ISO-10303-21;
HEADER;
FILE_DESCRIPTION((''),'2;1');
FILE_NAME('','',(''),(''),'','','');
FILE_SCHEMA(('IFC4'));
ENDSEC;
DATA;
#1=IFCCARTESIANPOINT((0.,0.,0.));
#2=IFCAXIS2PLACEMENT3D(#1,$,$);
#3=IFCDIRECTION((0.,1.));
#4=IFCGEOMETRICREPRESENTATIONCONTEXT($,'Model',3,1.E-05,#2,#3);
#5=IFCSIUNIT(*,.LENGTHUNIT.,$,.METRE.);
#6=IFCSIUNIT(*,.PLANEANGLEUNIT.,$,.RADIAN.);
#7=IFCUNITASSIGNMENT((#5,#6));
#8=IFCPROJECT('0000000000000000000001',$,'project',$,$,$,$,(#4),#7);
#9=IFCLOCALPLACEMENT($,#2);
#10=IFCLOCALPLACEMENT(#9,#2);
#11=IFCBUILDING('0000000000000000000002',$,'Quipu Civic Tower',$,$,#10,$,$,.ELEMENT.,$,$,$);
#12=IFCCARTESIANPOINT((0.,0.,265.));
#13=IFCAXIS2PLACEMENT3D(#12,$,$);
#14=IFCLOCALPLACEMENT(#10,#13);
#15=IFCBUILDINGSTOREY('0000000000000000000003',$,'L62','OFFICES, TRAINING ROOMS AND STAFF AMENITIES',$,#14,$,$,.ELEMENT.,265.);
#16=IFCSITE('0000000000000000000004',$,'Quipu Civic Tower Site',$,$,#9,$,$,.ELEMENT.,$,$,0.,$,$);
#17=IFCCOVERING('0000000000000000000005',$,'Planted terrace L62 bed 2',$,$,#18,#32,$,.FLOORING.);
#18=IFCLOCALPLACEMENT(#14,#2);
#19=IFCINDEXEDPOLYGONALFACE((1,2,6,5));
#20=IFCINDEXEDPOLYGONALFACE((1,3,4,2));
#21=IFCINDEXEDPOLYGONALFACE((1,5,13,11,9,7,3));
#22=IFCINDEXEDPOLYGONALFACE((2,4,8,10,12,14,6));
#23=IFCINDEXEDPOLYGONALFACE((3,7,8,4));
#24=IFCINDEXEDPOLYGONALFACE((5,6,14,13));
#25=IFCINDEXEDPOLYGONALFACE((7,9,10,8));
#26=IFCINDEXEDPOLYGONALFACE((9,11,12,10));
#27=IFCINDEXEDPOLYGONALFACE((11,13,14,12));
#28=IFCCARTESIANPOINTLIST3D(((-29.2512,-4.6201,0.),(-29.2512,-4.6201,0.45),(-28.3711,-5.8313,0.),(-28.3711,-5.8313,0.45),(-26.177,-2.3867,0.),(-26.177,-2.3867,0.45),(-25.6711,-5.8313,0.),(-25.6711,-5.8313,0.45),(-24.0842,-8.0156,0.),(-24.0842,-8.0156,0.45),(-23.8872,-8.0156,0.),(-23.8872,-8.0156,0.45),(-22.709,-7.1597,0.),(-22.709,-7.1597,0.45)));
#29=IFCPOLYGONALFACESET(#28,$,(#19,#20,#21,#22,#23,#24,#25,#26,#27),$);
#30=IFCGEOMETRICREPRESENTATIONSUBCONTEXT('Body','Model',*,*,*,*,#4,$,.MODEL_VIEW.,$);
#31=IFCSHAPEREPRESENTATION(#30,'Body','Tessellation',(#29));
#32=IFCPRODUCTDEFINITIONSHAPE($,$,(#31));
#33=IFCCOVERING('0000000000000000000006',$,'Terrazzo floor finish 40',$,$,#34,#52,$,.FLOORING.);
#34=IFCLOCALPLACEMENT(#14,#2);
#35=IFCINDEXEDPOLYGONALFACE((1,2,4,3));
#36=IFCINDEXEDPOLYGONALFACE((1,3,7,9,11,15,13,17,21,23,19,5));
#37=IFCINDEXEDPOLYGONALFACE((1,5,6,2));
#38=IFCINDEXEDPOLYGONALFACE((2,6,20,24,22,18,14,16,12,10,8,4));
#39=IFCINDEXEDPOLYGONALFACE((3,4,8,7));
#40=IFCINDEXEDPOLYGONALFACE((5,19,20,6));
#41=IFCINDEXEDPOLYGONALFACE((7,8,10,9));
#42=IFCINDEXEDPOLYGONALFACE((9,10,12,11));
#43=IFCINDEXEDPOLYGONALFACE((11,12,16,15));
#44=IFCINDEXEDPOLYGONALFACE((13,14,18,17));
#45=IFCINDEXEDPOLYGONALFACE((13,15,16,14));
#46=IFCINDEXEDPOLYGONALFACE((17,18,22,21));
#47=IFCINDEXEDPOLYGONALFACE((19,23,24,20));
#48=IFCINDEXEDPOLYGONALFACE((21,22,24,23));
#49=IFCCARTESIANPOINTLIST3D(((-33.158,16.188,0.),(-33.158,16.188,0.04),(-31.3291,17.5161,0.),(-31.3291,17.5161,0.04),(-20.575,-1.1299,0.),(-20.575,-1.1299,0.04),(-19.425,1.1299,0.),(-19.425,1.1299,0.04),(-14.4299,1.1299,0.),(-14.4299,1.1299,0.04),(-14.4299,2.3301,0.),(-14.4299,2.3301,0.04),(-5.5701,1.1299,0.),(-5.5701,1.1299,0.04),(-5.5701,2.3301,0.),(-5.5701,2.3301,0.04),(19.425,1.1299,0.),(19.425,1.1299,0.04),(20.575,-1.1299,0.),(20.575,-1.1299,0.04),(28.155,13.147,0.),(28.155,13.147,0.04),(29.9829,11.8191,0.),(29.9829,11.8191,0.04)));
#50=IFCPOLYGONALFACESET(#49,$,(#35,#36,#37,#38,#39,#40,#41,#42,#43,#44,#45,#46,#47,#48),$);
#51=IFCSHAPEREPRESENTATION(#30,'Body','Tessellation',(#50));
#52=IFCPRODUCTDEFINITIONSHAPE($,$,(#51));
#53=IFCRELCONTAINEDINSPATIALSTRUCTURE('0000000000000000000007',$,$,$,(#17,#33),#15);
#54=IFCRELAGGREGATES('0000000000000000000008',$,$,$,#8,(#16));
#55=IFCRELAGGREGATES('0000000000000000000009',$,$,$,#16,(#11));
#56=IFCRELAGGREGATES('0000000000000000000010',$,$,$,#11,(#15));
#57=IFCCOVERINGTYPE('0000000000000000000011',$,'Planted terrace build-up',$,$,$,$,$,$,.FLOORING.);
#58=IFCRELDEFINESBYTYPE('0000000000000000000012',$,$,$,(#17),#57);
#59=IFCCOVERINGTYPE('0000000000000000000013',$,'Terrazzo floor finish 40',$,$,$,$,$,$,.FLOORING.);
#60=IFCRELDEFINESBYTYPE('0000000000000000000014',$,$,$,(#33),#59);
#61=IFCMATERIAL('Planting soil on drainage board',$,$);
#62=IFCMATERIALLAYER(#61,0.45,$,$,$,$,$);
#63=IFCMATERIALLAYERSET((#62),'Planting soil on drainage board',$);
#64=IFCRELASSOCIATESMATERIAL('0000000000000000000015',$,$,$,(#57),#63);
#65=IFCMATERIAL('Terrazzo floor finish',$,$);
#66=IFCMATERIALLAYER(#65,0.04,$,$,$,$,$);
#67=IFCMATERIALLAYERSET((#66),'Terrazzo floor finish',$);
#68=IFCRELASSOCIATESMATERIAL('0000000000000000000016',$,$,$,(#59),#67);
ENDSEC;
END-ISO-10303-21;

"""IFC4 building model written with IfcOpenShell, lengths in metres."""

from ifc_helpers import new_model, si_unit, direction, frame, origin, place, context, subcontext, project, spatial, polyline, outline, extrude, material, layer, layer_set, type_object, element, save


model = new_model("IFC4")

# Units and contexts
model_context = context("Model", 3, precision=1e-05, world=origin(), true_north=direction((0.0, 1.0)))
body_context = subcontext(model_context, "Body", "Model", "MODEL_VIEW")
ifc_project = project(units=[si_unit("LENGTHUNIT", "METRE"), si_unit("PLANEANGLEUNIT", "RADIAN")], contexts=[model_context])

# Site, building, storey
site_placement = place(None, origin())
site = spatial("IfcSite", under=ifc_project, at=site_placement, Name="Quipu Civic Tower Site", CompositionType="ELEMENT", RefElevation=0.0)
building_placement = place(site_placement, origin())
building = spatial("IfcBuilding", under=site, at=building_placement, Name="Quipu Civic Tower", CompositionType="ELEMENT")
storey_placement = place(building_placement, frame((0.0, 0.0, 265.0)))
storey = spatial("IfcBuildingStorey", under=building, at=storey_placement, Name="L62", Description="OFFICES, TRAINING ROOMS AND STAFF AMENITIES", CompositionType="ELEMENT", Elevation=265.0)

# Coverings
ifc_material_1 = material(Name="Planting soil on drainage board")
ifc_layer_1 = layer(ifc_material_1, 0.45)
ifc_layer_set_1 = layer_set([ifc_layer_1], Name="Planting soil on drainage board")
covering_type_1 = type_object("IfcCoveringType", Name="Planted terrace build-up", PredefinedType="FLOORING", material=ifc_layer_set_1)
covering_1_placement = place(storey_placement, origin())
element("IfcCovering", 1, at=covering_1_placement, inside=storey, type_object=covering_type_1, Name="Planted terrace L62 bed 2", PredefinedType="FLOORING", context=body_context, shape_type="SweptSolid", body=[
    extrude(outline(polyline([(-24.0842, -8.0156), (-25.6711, -5.8313), (-28.3711, -5.8313), (-29.2512, -4.6201), (-26.177, -2.3867), (-22.709, -7.1597), (-23.8872, -8.0156), (-24.0842, -8.0156)])), origin(), (0.0, 0.0, 1.0), 0.45),
])
ifc_material_2 = material(Name="Terrazzo floor finish")
ifc_layer_2 = layer(ifc_material_2, 0.04)
ifc_layer_set_2 = layer_set([ifc_layer_2], Name="Terrazzo floor finish")
covering_type_2 = type_object("IfcCoveringType", Name="Terrazzo floor finish 40", PredefinedType="FLOORING", material=ifc_layer_set_2)
covering_2_placement = place(storey_placement, origin())
element("IfcCovering", 2, at=covering_2_placement, inside=storey, type_object=covering_type_2, Name="Terrazzo floor finish 40", PredefinedType="FLOORING", context=body_context, shape_type="SweptSolid", body=[
    extrude(outline(polyline([(-5.5701, 1.1299), (19.425, 1.1299), (28.155, 13.147), (29.9829, 11.8191), (20.575, -1.1299), (-20.575, -1.1299), (-33.158, 16.188), (-31.3291, 17.5161), (-19.425, 1.1299), (-14.4299, 1.1299), (-14.4299, 2.3301), (-5.5701, 2.3301), (-5.5701, 1.1299)])), origin(), (0.0, 0.0, 1.0), 0.04),
])

save(model, "model.ifc")
